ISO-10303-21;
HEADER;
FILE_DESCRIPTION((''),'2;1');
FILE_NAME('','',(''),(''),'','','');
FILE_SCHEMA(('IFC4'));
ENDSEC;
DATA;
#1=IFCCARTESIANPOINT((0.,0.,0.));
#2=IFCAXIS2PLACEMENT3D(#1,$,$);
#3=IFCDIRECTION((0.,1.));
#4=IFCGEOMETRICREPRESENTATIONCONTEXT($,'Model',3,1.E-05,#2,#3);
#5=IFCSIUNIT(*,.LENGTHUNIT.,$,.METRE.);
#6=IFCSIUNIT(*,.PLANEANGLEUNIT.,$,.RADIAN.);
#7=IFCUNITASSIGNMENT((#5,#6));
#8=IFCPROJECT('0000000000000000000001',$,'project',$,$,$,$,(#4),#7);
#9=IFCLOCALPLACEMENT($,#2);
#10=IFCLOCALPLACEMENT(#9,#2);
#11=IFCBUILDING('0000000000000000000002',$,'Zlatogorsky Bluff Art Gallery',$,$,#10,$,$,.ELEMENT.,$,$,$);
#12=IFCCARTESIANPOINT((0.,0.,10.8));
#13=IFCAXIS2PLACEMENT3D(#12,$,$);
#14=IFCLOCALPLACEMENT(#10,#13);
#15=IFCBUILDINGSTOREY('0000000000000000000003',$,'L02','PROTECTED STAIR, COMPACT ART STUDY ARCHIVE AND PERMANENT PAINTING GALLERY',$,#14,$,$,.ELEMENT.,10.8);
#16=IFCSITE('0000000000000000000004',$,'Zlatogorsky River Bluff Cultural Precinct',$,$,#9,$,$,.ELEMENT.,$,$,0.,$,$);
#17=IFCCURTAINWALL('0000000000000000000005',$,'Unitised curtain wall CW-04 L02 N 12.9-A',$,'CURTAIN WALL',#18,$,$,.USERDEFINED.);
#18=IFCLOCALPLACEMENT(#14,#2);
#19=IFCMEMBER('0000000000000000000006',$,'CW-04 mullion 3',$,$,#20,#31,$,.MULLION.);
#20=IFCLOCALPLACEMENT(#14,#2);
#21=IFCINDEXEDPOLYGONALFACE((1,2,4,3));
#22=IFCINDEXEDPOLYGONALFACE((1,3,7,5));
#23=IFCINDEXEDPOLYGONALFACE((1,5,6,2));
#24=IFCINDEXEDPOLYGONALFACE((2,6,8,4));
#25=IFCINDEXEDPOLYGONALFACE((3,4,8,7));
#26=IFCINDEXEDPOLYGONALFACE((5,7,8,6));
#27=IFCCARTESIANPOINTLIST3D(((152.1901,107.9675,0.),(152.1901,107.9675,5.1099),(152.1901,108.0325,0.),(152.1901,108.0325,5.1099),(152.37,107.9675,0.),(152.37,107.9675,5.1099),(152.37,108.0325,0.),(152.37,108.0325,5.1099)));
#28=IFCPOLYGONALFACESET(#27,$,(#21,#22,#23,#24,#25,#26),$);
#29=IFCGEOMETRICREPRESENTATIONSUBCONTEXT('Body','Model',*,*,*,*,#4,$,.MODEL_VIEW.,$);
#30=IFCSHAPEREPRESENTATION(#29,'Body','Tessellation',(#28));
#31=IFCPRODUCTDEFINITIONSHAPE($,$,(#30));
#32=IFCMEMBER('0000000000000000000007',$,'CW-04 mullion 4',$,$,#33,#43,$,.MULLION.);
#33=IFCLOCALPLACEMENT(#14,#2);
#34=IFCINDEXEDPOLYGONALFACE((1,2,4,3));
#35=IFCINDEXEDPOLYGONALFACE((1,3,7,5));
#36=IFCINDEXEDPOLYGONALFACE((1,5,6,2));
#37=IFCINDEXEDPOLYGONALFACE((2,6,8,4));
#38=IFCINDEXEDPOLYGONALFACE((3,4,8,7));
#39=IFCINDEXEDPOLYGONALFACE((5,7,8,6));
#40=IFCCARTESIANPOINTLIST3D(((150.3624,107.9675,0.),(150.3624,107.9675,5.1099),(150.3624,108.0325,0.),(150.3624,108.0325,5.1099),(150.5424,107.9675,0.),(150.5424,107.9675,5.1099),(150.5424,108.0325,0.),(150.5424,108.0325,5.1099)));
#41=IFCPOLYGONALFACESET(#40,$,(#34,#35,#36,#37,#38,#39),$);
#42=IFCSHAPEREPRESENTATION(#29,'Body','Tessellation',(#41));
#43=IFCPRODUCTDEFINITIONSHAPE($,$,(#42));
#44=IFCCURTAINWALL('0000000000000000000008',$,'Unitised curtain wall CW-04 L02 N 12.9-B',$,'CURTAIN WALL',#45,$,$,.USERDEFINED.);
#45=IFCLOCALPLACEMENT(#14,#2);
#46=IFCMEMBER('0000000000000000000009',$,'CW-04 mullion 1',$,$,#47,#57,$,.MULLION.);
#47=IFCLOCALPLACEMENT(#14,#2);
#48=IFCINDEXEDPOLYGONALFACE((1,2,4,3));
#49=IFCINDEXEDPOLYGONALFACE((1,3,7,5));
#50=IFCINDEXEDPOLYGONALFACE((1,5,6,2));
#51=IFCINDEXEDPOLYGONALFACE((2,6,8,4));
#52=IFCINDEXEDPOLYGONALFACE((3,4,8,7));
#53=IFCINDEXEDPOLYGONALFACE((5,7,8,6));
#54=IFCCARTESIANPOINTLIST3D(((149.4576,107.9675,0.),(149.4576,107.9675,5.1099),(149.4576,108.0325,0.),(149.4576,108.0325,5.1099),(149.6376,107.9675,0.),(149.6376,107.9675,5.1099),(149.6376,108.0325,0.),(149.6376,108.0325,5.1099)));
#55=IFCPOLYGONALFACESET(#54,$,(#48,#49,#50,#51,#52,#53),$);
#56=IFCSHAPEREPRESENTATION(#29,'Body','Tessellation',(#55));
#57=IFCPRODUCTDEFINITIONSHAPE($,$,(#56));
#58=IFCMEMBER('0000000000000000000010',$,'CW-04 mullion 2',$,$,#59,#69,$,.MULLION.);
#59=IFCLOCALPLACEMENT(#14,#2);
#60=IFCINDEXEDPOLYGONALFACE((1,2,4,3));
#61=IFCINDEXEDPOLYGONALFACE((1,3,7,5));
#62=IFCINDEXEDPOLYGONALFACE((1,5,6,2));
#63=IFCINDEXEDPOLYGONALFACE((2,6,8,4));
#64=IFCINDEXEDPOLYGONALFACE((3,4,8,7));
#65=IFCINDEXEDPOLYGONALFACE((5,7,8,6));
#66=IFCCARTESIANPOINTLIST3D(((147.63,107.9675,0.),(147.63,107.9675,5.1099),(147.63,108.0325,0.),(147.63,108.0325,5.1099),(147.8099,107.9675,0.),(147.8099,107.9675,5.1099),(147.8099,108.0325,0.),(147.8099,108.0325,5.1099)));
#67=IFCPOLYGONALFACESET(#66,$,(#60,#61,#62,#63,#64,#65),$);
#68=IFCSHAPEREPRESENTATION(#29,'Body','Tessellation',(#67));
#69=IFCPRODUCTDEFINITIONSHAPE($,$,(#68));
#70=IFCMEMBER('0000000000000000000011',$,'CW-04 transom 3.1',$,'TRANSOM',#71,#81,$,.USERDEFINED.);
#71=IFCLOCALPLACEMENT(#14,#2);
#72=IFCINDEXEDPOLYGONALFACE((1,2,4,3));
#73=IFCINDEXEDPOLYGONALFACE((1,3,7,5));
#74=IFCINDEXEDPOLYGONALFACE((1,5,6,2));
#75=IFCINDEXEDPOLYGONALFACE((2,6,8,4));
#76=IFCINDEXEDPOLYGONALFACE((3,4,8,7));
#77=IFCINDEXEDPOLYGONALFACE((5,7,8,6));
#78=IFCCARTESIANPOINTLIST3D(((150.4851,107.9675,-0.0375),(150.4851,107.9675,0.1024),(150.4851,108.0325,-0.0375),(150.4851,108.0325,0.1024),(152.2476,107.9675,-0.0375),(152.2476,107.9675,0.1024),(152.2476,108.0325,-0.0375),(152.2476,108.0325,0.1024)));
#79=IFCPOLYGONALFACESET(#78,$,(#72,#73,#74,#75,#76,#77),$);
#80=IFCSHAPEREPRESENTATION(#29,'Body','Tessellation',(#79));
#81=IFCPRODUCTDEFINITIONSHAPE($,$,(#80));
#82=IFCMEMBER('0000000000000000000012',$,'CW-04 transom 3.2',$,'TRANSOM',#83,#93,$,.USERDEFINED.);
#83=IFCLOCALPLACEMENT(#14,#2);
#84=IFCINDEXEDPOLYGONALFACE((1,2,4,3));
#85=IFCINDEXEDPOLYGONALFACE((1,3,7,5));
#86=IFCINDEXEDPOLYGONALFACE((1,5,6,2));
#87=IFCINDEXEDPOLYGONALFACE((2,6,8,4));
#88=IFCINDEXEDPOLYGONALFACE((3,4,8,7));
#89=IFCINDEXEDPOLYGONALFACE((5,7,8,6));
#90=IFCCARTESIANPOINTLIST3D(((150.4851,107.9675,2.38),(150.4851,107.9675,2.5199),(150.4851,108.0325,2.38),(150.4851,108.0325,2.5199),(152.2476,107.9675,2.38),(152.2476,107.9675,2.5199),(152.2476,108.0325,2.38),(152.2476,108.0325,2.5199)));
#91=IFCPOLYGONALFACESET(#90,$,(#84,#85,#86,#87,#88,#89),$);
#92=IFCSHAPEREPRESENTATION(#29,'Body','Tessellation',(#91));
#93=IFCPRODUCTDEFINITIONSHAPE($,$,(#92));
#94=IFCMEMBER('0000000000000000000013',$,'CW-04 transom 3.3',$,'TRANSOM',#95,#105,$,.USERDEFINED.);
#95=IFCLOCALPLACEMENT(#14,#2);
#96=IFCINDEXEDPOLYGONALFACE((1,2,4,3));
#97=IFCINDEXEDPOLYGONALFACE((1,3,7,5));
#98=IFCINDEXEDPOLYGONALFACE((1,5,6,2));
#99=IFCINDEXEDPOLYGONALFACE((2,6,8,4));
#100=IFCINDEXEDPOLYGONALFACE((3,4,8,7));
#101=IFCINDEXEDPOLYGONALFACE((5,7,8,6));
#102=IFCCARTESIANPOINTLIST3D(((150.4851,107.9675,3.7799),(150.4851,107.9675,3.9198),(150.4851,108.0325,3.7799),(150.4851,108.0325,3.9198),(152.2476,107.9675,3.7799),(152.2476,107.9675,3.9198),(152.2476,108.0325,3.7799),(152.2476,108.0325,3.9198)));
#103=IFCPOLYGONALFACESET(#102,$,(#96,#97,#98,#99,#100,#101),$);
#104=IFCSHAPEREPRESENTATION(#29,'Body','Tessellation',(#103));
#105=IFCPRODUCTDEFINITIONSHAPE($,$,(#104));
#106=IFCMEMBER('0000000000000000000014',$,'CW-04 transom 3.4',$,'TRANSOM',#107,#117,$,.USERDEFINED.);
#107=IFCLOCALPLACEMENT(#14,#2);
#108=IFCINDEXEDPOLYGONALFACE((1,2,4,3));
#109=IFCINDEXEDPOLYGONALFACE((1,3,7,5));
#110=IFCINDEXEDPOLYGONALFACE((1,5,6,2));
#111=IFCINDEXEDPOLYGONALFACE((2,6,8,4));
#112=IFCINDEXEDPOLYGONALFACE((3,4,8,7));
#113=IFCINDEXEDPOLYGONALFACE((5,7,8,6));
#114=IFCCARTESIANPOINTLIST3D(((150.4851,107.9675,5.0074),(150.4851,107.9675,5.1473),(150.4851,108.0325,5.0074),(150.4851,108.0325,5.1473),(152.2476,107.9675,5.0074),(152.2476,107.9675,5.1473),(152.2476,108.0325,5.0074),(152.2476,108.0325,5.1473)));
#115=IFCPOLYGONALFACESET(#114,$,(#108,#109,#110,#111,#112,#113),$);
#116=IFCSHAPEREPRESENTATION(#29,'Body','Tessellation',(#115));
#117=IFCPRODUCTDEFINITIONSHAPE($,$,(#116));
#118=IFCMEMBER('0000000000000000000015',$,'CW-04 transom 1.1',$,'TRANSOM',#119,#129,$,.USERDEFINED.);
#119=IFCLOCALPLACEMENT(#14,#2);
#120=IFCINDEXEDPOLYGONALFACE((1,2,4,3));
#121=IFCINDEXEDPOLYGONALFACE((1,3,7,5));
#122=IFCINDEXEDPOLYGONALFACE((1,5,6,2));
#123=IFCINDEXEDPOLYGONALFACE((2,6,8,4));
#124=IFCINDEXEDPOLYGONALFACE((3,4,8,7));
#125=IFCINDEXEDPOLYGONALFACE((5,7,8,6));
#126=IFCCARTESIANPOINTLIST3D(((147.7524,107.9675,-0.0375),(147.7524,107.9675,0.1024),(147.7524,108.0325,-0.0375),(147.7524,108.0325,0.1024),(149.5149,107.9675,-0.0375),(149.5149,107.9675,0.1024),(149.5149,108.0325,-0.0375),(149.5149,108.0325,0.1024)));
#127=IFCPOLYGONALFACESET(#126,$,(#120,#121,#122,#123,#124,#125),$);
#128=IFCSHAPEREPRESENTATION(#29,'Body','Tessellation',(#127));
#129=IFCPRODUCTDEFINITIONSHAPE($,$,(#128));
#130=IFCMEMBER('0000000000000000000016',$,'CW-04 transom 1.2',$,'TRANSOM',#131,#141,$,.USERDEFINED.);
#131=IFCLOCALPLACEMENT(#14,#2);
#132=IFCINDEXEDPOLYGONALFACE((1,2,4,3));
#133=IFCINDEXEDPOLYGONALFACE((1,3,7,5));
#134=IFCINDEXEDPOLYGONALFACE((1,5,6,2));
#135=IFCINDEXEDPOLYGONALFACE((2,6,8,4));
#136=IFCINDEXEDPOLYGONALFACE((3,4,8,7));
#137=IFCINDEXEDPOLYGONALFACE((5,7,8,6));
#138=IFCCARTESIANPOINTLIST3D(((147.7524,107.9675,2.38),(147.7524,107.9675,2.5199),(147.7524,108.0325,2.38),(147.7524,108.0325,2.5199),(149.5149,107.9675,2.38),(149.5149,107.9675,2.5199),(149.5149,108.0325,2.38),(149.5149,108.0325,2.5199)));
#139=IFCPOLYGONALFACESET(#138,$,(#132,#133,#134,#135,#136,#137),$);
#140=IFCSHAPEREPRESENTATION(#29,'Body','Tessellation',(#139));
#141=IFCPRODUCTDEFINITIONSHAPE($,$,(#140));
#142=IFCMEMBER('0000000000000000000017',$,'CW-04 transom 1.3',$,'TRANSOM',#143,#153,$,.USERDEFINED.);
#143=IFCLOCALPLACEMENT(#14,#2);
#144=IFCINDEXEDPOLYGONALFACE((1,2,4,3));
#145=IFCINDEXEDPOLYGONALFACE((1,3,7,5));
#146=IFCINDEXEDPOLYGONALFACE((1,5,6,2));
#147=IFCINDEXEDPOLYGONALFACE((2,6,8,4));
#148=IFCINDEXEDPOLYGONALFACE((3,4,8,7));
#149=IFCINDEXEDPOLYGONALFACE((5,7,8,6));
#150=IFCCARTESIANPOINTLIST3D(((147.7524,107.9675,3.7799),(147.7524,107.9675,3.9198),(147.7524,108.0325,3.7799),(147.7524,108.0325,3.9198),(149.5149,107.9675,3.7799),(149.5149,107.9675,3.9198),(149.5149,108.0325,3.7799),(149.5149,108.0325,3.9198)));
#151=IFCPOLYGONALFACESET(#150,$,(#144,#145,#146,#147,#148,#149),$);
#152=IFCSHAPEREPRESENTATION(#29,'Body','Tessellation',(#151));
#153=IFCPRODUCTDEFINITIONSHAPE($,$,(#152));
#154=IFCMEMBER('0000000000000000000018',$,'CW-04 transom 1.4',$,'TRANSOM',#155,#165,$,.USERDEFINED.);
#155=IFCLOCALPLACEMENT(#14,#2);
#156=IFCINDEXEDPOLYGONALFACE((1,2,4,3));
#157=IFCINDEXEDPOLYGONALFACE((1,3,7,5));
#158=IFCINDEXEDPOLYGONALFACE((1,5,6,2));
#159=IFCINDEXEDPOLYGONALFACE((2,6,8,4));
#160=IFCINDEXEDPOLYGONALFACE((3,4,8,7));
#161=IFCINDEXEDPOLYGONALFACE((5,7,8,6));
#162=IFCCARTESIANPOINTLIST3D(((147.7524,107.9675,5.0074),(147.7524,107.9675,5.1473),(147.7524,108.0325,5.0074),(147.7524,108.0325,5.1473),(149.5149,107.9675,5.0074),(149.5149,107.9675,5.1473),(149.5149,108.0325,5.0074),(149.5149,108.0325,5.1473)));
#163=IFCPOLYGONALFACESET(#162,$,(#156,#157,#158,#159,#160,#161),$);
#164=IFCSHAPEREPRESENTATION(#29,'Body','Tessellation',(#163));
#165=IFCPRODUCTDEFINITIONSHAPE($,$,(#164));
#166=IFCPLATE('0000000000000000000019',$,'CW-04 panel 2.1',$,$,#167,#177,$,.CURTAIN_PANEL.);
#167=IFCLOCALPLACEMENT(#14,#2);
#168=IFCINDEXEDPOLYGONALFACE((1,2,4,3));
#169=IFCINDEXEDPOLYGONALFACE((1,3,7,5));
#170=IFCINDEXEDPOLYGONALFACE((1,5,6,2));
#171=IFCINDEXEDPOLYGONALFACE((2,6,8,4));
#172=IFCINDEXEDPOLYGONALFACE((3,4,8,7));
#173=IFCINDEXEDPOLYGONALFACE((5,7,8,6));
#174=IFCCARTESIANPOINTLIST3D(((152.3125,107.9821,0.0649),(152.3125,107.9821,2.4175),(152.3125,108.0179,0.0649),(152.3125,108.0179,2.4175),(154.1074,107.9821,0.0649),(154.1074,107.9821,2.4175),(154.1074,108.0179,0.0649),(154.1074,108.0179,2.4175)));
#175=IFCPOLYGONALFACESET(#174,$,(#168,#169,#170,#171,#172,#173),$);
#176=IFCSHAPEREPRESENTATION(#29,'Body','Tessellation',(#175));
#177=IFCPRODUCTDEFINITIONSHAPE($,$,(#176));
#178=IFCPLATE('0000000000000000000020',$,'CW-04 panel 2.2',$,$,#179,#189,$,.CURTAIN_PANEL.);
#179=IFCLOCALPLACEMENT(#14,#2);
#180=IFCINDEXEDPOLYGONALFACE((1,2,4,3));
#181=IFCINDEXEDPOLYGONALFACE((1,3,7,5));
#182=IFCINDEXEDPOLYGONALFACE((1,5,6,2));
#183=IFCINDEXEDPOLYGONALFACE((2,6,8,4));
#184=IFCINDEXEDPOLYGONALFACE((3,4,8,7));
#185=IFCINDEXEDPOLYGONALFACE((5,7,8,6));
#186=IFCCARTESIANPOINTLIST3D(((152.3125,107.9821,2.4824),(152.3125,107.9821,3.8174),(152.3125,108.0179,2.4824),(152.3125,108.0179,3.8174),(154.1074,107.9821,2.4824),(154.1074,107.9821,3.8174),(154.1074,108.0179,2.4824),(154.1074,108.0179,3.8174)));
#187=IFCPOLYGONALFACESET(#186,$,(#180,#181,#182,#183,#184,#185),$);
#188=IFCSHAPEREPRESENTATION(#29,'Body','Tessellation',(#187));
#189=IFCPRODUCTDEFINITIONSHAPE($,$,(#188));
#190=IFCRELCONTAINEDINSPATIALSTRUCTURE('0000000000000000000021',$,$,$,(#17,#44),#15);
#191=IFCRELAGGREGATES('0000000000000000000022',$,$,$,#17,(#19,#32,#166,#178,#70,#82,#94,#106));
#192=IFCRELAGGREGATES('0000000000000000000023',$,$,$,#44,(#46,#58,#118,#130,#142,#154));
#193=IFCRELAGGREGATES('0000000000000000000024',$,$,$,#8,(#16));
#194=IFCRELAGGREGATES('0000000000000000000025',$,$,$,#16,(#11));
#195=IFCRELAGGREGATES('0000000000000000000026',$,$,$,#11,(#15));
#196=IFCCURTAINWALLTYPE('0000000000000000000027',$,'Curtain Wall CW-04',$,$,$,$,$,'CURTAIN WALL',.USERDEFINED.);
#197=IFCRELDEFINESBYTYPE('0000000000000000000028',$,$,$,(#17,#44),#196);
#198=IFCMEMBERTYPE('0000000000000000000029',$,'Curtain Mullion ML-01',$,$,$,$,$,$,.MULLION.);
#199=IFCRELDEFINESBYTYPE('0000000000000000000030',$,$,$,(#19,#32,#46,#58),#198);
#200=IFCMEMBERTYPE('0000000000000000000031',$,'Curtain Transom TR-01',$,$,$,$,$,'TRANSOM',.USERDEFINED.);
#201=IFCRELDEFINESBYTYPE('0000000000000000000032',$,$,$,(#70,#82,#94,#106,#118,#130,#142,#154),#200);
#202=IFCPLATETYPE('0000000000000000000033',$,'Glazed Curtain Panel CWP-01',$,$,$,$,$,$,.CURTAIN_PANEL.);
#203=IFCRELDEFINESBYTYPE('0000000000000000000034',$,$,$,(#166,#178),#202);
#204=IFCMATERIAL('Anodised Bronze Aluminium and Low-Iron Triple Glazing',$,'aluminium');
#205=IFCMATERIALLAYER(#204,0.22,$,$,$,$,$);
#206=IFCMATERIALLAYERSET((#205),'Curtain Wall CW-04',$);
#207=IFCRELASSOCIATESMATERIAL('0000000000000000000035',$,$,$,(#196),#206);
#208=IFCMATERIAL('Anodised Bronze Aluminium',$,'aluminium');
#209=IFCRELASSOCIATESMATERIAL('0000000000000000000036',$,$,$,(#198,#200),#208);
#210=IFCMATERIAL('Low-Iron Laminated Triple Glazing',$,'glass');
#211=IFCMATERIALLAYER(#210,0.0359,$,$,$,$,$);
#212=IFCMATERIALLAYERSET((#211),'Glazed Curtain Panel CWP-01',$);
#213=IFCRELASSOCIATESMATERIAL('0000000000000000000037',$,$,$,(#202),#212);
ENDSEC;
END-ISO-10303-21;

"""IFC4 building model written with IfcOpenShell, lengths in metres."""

from ifc_helpers import new_model, si_unit, direction, frame, origin, origin_2d, place, context, subcontext, project, spatial, rectangle, extrude, material, layer, layer_set, material_profile, profile_set, type_object, element, aggregate, save


model = new_model("IFC4")

# Units and contexts
model_context = context("Model", 3, precision=1e-05, world=origin(), true_north=direction((0.0, 1.0)))
body_context = subcontext(model_context, "Body", "Model", "MODEL_VIEW")
ifc_project = project(units=[si_unit("LENGTHUNIT", "METRE"), si_unit("PLANEANGLEUNIT", "RADIAN")], contexts=[model_context])

# Site, building, storey
site_placement = place(None, origin())
site = spatial("IfcSite", under=ifc_project, at=site_placement, Name="Zlatogorsky River Bluff Cultural Precinct", CompositionType="ELEMENT", RefElevation=0.0)
building_placement = place(site_placement, origin())
building = spatial("IfcBuilding", under=site, at=building_placement, Name="Zlatogorsky Bluff Art Gallery", CompositionType="ELEMENT")
storey_placement = place(building_placement, frame((0.0, 0.0, 10.8)))
storey = spatial("IfcBuildingStorey", under=building, at=storey_placement, Name="L02", Description="PROTECTED STAIR, COMPACT ART STUDY ARCHIVE AND PERMANENT PAINTING GALLERY", CompositionType="ELEMENT", Elevation=10.8)

# Curtain walls, members
ifc_material_1 = material(Name="Anodised Bronze Aluminium and Low-Iron Triple Glazing", Category="aluminium")
ifc_layer_1 = layer(ifc_material_1, 0.22)
ifc_layer_set_1 = layer_set([ifc_layer_1], Name="Curtain Wall CW-04")
curtain_wall_type = type_object("IfcCurtainWallType", Name="Curtain Wall CW-04", ElementType="CURTAIN WALL", PredefinedType="USERDEFINED", material=ifc_layer_set_1)
curtain_wall_1_placement = place(storey_placement, origin())
curtain_wall_1 = element("IfcCurtainWall", 1, at=curtain_wall_1_placement, inside=storey, type_object=curtain_wall_type, Name="Unitised curtain wall CW-04 L02 N 12.9-A", ObjectType="CURTAIN WALL", PredefinedType="USERDEFINED")
ifc_material_2 = material(Name="Anodised Bronze Aluminium", Category="aluminium")
ifc_material_profile_1 = material_profile(ifc_material_2, rectangle(XDim=0.0649, YDim=0.1799, at=origin_2d()), Name="ALU MULLION 65x180")
ifc_profile_set_1 = profile_set([ifc_material_profile_1], Name="Anodised Bronze Aluminium")
member_type_1 = type_object("IfcMemberType", Name="Curtain Mullion ML-01", PredefinedType="MULLION", material=ifc_profile_set_1)
member_1_placement = place(storey_placement, frame((152.28, 108.0, 0.0), z_axis=(0.0, 0.0, 1.0), x_axis=(0.0, -1.0, 0.0)))
member_1 = element("IfcMember", 2, at=member_1_placement, type_object=member_type_1, Name="CW-04 mullion 3", PredefinedType="MULLION", context=body_context, shape_type="SweptSolid", body=[
    extrude(rectangle(XDim=0.0649, YDim=0.1799, at=origin_2d()), origin(), (0.0, 0.0, 1.0), 5.1099),
])
member_2_placement = place(storey_placement, frame((150.4524, 108.0, 0.0), z_axis=(0.0, 0.0, 1.0), x_axis=(0.0, -1.0, 0.0)))
member_2 = element("IfcMember", 3, at=member_2_placement, type_object=member_type_1, Name="CW-04 mullion 4", PredefinedType="MULLION", context=body_context, shape_type="SweptSolid", body=[
    extrude(rectangle(XDim=0.0649, YDim=0.1799, at=origin_2d()), origin(), (0.0, 0.0, 1.0), 5.1099),
])
curtain_wall_2_placement = place(storey_placement, origin())
curtain_wall_2 = element("IfcCurtainWall", 4, at=curtain_wall_2_placement, inside=storey, type_object=curtain_wall_type, Name="Unitised curtain wall CW-04 L02 N 12.9-B", ObjectType="CURTAIN WALL", PredefinedType="USERDEFINED")
member_3_placement = place(storey_placement, frame((149.5476, 108.0, 0.0), z_axis=(0.0, 0.0, 1.0), x_axis=(0.0, -1.0, 0.0)))
member_3 = element("IfcMember", 5, at=member_3_placement, type_object=member_type_1, Name="CW-04 mullion 1", PredefinedType="MULLION", context=body_context, shape_type="SweptSolid", body=[
    extrude(rectangle(XDim=0.0649, YDim=0.1799, at=origin_2d()), origin(), (0.0, 0.0, 1.0), 5.1099),
])
member_4_placement = place(storey_placement, frame((147.72, 108.0, 0.0), z_axis=(0.0, 0.0, 1.0), x_axis=(0.0, -1.0, 0.0)))
member_4 = element("IfcMember", 6, at=member_4_placement, type_object=member_type_1, Name="CW-04 mullion 2", PredefinedType="MULLION", context=body_context, shape_type="SweptSolid", body=[
    extrude(rectangle(XDim=0.0649, YDim=0.1799, at=origin_2d()), origin(), (0.0, 0.0, 1.0), 5.1099),
])

# Members
ifc_material_profile_2 = material_profile(ifc_material_2, rectangle(XDim=0.0649, YDim=0.1399, at=origin_2d()), Name="ALU TRANSOM 65x140")
ifc_profile_set_2 = profile_set([ifc_material_profile_2], Name="Anodised Bronze Aluminium")
member_type_2 = type_object("IfcMemberType", Name="Curtain Transom TR-01", ElementType="TRANSOM", PredefinedType="USERDEFINED", material=ifc_profile_set_2)
member_5_placement = place(storey_placement, frame((152.2476, 108.0, 0.0325), z_axis=(-1.0, 0.0, 0.0), x_axis=(0.0, -1.0, 0.0)))
member_5 = element("IfcMember", 7, at=member_5_placement, type_object=member_type_2, Name="CW-04 transom 3.1", ObjectType="TRANSOM", PredefinedType="USERDEFINED", context=body_context, shape_type="SweptSolid", body=[
    extrude(rectangle(XDim=0.0649, YDim=0.1399, at=origin_2d()), origin(), (0.0, 0.0, 1.0), 1.7625),
])
member_6_placement = place(storey_placement, frame((152.2476, 108.0, 2.45), z_axis=(-1.0, 0.0, 0.0), x_axis=(0.0, -1.0, 0.0)))
member_6 = element("IfcMember", 8, at=member_6_placement, type_object=member_type_2, Name="CW-04 transom 3.2", ObjectType="TRANSOM", PredefinedType="USERDEFINED", context=body_context, shape_type="SweptSolid", body=[
    extrude(rectangle(XDim=0.0649, YDim=0.1399, at=origin_2d()), origin(), (0.0, 0.0, 1.0), 1.7625),
])
member_7_placement = place(storey_placement, frame((152.2476, 108.0, 3.8499), z_axis=(-1.0, 0.0, 0.0), x_axis=(0.0, -1.0, 0.0)))
member_7 = element("IfcMember", 9, at=member_7_placement, type_object=member_type_2, Name="CW-04 transom 3.3", ObjectType="TRANSOM", PredefinedType="USERDEFINED", context=body_context, shape_type="SweptSolid", body=[
    extrude(rectangle(XDim=0.0649, YDim=0.1399, at=origin_2d()), origin(), (0.0, 0.0, 1.0), 1.7625),
])
member_8_placement = place(storey_placement, frame((152.2476, 108.0, 5.0774), z_axis=(-1.0, 0.0, 0.0), x_axis=(0.0, -1.0, 0.0)))
member_8 = element("IfcMember", 10, at=member_8_placement, type_object=member_type_2, Name="CW-04 transom 3.4", ObjectType="TRANSOM", PredefinedType="USERDEFINED", context=body_context, shape_type="SweptSolid", body=[
    extrude(rectangle(XDim=0.0649, YDim=0.1399, at=origin_2d()), origin(), (0.0, 0.0, 1.0), 1.7625),
])
member_9_placement = place(storey_placement, frame((149.5149, 108.0, 0.0325), z_axis=(-1.0, 0.0, 0.0), x_axis=(0.0, -1.0, 0.0)))
member_9 = element("IfcMember", 11, at=member_9_placement, type_object=member_type_2, Name="CW-04 transom 1.1", ObjectType="TRANSOM", PredefinedType="USERDEFINED", context=body_context, shape_type="SweptSolid", body=[
    extrude(rectangle(XDim=0.0649, YDim=0.1399, at=origin_2d()), origin(), (0.0, 0.0, 1.0), 1.7625),
])
member_10_placement = place(storey_placement, frame((149.5149, 108.0, 2.45), z_axis=(-1.0, 0.0, 0.0), x_axis=(0.0, -1.0, 0.0)))
member_10 = element("IfcMember", 12, at=member_10_placement, type_object=member_type_2, Name="CW-04 transom 1.2", ObjectType="TRANSOM", PredefinedType="USERDEFINED", context=body_context, shape_type="SweptSolid", body=[
    extrude(rectangle(XDim=0.0649, YDim=0.1399, at=origin_2d()), origin(), (0.0, 0.0, 1.0), 1.7625),
])
member_11_placement = place(storey_placement, frame((149.5149, 108.0, 3.8499), z_axis=(-1.0, 0.0, 0.0), x_axis=(0.0, -1.0, 0.0)))
member_11 = element("IfcMember", 13, at=member_11_placement, type_object=member_type_2, Name="CW-04 transom 1.3", ObjectType="TRANSOM", PredefinedType="USERDEFINED", context=body_context, shape_type="SweptSolid", body=[
    extrude(rectangle(XDim=0.0649, YDim=0.1399, at=origin_2d()), origin(), (0.0, 0.0, 1.0), 1.7625),
])
member_12_placement = place(storey_placement, frame((149.5149, 108.0, 5.0774), z_axis=(-1.0, 0.0, 0.0), x_axis=(0.0, -1.0, 0.0)))
member_12 = element("IfcMember", 14, at=member_12_placement, type_object=member_type_2, Name="CW-04 transom 1.4", ObjectType="TRANSOM", PredefinedType="USERDEFINED", context=body_context, shape_type="SweptSolid", body=[
    extrude(rectangle(XDim=0.0649, YDim=0.1399, at=origin_2d()), origin(), (0.0, 0.0, 1.0), 1.7625),
])

# Plates
ifc_material_3 = material(Name="Low-Iron Laminated Triple Glazing", Category="glass")
ifc_layer_2 = layer(ifc_material_3, 0.0359)
ifc_layer_set_2 = layer_set([ifc_layer_2], Name="Glazed Curtain Panel CWP-01")
plate_type = type_object("IfcPlateType", Name="Glazed Curtain Panel CWP-01", PredefinedType="CURTAIN_PANEL", material=ifc_layer_set_2)
plate_1_placement = place(storey_placement, frame((153.21, 108.0, 0.0649), z_axis=(0.0, 0.0, 1.0), x_axis=(-1.0, 0.0, 0.0)))
plate_1 = element("IfcPlate", 15, at=plate_1_placement, type_object=plate_type, Name="CW-04 panel 2.1", PredefinedType="CURTAIN_PANEL", context=body_context, shape_type="SweptSolid", body=[
    extrude(rectangle(XDim=1.7949, YDim=0.0359, at=origin_2d()), origin(), (0.0, 0.0, 1.0), 2.3525),
])
plate_2_placement = place(storey_placement, frame((153.21, 108.0, 2.4824), z_axis=(0.0, 0.0, 1.0), x_axis=(-1.0, 0.0, 0.0)))
plate_2 = element("IfcPlate", 16, at=plate_2_placement, type_object=plate_type, Name="CW-04 panel 2.2", PredefinedType="CURTAIN_PANEL", context=body_context, shape_type="SweptSolid", body=[
    extrude(rectangle(XDim=1.7949, YDim=0.0359, at=origin_2d()), origin(), (0.0, 0.0, 1.0), 1.335),
])
aggregate(curtain_wall_1, [member_1, member_2, plate_1, plate_2, member_5, member_6, member_7, member_8])
aggregate(curtain_wall_2, [member_3, member_4, member_9, member_10, member_11, member_12])

save(model, "model.ifc")
